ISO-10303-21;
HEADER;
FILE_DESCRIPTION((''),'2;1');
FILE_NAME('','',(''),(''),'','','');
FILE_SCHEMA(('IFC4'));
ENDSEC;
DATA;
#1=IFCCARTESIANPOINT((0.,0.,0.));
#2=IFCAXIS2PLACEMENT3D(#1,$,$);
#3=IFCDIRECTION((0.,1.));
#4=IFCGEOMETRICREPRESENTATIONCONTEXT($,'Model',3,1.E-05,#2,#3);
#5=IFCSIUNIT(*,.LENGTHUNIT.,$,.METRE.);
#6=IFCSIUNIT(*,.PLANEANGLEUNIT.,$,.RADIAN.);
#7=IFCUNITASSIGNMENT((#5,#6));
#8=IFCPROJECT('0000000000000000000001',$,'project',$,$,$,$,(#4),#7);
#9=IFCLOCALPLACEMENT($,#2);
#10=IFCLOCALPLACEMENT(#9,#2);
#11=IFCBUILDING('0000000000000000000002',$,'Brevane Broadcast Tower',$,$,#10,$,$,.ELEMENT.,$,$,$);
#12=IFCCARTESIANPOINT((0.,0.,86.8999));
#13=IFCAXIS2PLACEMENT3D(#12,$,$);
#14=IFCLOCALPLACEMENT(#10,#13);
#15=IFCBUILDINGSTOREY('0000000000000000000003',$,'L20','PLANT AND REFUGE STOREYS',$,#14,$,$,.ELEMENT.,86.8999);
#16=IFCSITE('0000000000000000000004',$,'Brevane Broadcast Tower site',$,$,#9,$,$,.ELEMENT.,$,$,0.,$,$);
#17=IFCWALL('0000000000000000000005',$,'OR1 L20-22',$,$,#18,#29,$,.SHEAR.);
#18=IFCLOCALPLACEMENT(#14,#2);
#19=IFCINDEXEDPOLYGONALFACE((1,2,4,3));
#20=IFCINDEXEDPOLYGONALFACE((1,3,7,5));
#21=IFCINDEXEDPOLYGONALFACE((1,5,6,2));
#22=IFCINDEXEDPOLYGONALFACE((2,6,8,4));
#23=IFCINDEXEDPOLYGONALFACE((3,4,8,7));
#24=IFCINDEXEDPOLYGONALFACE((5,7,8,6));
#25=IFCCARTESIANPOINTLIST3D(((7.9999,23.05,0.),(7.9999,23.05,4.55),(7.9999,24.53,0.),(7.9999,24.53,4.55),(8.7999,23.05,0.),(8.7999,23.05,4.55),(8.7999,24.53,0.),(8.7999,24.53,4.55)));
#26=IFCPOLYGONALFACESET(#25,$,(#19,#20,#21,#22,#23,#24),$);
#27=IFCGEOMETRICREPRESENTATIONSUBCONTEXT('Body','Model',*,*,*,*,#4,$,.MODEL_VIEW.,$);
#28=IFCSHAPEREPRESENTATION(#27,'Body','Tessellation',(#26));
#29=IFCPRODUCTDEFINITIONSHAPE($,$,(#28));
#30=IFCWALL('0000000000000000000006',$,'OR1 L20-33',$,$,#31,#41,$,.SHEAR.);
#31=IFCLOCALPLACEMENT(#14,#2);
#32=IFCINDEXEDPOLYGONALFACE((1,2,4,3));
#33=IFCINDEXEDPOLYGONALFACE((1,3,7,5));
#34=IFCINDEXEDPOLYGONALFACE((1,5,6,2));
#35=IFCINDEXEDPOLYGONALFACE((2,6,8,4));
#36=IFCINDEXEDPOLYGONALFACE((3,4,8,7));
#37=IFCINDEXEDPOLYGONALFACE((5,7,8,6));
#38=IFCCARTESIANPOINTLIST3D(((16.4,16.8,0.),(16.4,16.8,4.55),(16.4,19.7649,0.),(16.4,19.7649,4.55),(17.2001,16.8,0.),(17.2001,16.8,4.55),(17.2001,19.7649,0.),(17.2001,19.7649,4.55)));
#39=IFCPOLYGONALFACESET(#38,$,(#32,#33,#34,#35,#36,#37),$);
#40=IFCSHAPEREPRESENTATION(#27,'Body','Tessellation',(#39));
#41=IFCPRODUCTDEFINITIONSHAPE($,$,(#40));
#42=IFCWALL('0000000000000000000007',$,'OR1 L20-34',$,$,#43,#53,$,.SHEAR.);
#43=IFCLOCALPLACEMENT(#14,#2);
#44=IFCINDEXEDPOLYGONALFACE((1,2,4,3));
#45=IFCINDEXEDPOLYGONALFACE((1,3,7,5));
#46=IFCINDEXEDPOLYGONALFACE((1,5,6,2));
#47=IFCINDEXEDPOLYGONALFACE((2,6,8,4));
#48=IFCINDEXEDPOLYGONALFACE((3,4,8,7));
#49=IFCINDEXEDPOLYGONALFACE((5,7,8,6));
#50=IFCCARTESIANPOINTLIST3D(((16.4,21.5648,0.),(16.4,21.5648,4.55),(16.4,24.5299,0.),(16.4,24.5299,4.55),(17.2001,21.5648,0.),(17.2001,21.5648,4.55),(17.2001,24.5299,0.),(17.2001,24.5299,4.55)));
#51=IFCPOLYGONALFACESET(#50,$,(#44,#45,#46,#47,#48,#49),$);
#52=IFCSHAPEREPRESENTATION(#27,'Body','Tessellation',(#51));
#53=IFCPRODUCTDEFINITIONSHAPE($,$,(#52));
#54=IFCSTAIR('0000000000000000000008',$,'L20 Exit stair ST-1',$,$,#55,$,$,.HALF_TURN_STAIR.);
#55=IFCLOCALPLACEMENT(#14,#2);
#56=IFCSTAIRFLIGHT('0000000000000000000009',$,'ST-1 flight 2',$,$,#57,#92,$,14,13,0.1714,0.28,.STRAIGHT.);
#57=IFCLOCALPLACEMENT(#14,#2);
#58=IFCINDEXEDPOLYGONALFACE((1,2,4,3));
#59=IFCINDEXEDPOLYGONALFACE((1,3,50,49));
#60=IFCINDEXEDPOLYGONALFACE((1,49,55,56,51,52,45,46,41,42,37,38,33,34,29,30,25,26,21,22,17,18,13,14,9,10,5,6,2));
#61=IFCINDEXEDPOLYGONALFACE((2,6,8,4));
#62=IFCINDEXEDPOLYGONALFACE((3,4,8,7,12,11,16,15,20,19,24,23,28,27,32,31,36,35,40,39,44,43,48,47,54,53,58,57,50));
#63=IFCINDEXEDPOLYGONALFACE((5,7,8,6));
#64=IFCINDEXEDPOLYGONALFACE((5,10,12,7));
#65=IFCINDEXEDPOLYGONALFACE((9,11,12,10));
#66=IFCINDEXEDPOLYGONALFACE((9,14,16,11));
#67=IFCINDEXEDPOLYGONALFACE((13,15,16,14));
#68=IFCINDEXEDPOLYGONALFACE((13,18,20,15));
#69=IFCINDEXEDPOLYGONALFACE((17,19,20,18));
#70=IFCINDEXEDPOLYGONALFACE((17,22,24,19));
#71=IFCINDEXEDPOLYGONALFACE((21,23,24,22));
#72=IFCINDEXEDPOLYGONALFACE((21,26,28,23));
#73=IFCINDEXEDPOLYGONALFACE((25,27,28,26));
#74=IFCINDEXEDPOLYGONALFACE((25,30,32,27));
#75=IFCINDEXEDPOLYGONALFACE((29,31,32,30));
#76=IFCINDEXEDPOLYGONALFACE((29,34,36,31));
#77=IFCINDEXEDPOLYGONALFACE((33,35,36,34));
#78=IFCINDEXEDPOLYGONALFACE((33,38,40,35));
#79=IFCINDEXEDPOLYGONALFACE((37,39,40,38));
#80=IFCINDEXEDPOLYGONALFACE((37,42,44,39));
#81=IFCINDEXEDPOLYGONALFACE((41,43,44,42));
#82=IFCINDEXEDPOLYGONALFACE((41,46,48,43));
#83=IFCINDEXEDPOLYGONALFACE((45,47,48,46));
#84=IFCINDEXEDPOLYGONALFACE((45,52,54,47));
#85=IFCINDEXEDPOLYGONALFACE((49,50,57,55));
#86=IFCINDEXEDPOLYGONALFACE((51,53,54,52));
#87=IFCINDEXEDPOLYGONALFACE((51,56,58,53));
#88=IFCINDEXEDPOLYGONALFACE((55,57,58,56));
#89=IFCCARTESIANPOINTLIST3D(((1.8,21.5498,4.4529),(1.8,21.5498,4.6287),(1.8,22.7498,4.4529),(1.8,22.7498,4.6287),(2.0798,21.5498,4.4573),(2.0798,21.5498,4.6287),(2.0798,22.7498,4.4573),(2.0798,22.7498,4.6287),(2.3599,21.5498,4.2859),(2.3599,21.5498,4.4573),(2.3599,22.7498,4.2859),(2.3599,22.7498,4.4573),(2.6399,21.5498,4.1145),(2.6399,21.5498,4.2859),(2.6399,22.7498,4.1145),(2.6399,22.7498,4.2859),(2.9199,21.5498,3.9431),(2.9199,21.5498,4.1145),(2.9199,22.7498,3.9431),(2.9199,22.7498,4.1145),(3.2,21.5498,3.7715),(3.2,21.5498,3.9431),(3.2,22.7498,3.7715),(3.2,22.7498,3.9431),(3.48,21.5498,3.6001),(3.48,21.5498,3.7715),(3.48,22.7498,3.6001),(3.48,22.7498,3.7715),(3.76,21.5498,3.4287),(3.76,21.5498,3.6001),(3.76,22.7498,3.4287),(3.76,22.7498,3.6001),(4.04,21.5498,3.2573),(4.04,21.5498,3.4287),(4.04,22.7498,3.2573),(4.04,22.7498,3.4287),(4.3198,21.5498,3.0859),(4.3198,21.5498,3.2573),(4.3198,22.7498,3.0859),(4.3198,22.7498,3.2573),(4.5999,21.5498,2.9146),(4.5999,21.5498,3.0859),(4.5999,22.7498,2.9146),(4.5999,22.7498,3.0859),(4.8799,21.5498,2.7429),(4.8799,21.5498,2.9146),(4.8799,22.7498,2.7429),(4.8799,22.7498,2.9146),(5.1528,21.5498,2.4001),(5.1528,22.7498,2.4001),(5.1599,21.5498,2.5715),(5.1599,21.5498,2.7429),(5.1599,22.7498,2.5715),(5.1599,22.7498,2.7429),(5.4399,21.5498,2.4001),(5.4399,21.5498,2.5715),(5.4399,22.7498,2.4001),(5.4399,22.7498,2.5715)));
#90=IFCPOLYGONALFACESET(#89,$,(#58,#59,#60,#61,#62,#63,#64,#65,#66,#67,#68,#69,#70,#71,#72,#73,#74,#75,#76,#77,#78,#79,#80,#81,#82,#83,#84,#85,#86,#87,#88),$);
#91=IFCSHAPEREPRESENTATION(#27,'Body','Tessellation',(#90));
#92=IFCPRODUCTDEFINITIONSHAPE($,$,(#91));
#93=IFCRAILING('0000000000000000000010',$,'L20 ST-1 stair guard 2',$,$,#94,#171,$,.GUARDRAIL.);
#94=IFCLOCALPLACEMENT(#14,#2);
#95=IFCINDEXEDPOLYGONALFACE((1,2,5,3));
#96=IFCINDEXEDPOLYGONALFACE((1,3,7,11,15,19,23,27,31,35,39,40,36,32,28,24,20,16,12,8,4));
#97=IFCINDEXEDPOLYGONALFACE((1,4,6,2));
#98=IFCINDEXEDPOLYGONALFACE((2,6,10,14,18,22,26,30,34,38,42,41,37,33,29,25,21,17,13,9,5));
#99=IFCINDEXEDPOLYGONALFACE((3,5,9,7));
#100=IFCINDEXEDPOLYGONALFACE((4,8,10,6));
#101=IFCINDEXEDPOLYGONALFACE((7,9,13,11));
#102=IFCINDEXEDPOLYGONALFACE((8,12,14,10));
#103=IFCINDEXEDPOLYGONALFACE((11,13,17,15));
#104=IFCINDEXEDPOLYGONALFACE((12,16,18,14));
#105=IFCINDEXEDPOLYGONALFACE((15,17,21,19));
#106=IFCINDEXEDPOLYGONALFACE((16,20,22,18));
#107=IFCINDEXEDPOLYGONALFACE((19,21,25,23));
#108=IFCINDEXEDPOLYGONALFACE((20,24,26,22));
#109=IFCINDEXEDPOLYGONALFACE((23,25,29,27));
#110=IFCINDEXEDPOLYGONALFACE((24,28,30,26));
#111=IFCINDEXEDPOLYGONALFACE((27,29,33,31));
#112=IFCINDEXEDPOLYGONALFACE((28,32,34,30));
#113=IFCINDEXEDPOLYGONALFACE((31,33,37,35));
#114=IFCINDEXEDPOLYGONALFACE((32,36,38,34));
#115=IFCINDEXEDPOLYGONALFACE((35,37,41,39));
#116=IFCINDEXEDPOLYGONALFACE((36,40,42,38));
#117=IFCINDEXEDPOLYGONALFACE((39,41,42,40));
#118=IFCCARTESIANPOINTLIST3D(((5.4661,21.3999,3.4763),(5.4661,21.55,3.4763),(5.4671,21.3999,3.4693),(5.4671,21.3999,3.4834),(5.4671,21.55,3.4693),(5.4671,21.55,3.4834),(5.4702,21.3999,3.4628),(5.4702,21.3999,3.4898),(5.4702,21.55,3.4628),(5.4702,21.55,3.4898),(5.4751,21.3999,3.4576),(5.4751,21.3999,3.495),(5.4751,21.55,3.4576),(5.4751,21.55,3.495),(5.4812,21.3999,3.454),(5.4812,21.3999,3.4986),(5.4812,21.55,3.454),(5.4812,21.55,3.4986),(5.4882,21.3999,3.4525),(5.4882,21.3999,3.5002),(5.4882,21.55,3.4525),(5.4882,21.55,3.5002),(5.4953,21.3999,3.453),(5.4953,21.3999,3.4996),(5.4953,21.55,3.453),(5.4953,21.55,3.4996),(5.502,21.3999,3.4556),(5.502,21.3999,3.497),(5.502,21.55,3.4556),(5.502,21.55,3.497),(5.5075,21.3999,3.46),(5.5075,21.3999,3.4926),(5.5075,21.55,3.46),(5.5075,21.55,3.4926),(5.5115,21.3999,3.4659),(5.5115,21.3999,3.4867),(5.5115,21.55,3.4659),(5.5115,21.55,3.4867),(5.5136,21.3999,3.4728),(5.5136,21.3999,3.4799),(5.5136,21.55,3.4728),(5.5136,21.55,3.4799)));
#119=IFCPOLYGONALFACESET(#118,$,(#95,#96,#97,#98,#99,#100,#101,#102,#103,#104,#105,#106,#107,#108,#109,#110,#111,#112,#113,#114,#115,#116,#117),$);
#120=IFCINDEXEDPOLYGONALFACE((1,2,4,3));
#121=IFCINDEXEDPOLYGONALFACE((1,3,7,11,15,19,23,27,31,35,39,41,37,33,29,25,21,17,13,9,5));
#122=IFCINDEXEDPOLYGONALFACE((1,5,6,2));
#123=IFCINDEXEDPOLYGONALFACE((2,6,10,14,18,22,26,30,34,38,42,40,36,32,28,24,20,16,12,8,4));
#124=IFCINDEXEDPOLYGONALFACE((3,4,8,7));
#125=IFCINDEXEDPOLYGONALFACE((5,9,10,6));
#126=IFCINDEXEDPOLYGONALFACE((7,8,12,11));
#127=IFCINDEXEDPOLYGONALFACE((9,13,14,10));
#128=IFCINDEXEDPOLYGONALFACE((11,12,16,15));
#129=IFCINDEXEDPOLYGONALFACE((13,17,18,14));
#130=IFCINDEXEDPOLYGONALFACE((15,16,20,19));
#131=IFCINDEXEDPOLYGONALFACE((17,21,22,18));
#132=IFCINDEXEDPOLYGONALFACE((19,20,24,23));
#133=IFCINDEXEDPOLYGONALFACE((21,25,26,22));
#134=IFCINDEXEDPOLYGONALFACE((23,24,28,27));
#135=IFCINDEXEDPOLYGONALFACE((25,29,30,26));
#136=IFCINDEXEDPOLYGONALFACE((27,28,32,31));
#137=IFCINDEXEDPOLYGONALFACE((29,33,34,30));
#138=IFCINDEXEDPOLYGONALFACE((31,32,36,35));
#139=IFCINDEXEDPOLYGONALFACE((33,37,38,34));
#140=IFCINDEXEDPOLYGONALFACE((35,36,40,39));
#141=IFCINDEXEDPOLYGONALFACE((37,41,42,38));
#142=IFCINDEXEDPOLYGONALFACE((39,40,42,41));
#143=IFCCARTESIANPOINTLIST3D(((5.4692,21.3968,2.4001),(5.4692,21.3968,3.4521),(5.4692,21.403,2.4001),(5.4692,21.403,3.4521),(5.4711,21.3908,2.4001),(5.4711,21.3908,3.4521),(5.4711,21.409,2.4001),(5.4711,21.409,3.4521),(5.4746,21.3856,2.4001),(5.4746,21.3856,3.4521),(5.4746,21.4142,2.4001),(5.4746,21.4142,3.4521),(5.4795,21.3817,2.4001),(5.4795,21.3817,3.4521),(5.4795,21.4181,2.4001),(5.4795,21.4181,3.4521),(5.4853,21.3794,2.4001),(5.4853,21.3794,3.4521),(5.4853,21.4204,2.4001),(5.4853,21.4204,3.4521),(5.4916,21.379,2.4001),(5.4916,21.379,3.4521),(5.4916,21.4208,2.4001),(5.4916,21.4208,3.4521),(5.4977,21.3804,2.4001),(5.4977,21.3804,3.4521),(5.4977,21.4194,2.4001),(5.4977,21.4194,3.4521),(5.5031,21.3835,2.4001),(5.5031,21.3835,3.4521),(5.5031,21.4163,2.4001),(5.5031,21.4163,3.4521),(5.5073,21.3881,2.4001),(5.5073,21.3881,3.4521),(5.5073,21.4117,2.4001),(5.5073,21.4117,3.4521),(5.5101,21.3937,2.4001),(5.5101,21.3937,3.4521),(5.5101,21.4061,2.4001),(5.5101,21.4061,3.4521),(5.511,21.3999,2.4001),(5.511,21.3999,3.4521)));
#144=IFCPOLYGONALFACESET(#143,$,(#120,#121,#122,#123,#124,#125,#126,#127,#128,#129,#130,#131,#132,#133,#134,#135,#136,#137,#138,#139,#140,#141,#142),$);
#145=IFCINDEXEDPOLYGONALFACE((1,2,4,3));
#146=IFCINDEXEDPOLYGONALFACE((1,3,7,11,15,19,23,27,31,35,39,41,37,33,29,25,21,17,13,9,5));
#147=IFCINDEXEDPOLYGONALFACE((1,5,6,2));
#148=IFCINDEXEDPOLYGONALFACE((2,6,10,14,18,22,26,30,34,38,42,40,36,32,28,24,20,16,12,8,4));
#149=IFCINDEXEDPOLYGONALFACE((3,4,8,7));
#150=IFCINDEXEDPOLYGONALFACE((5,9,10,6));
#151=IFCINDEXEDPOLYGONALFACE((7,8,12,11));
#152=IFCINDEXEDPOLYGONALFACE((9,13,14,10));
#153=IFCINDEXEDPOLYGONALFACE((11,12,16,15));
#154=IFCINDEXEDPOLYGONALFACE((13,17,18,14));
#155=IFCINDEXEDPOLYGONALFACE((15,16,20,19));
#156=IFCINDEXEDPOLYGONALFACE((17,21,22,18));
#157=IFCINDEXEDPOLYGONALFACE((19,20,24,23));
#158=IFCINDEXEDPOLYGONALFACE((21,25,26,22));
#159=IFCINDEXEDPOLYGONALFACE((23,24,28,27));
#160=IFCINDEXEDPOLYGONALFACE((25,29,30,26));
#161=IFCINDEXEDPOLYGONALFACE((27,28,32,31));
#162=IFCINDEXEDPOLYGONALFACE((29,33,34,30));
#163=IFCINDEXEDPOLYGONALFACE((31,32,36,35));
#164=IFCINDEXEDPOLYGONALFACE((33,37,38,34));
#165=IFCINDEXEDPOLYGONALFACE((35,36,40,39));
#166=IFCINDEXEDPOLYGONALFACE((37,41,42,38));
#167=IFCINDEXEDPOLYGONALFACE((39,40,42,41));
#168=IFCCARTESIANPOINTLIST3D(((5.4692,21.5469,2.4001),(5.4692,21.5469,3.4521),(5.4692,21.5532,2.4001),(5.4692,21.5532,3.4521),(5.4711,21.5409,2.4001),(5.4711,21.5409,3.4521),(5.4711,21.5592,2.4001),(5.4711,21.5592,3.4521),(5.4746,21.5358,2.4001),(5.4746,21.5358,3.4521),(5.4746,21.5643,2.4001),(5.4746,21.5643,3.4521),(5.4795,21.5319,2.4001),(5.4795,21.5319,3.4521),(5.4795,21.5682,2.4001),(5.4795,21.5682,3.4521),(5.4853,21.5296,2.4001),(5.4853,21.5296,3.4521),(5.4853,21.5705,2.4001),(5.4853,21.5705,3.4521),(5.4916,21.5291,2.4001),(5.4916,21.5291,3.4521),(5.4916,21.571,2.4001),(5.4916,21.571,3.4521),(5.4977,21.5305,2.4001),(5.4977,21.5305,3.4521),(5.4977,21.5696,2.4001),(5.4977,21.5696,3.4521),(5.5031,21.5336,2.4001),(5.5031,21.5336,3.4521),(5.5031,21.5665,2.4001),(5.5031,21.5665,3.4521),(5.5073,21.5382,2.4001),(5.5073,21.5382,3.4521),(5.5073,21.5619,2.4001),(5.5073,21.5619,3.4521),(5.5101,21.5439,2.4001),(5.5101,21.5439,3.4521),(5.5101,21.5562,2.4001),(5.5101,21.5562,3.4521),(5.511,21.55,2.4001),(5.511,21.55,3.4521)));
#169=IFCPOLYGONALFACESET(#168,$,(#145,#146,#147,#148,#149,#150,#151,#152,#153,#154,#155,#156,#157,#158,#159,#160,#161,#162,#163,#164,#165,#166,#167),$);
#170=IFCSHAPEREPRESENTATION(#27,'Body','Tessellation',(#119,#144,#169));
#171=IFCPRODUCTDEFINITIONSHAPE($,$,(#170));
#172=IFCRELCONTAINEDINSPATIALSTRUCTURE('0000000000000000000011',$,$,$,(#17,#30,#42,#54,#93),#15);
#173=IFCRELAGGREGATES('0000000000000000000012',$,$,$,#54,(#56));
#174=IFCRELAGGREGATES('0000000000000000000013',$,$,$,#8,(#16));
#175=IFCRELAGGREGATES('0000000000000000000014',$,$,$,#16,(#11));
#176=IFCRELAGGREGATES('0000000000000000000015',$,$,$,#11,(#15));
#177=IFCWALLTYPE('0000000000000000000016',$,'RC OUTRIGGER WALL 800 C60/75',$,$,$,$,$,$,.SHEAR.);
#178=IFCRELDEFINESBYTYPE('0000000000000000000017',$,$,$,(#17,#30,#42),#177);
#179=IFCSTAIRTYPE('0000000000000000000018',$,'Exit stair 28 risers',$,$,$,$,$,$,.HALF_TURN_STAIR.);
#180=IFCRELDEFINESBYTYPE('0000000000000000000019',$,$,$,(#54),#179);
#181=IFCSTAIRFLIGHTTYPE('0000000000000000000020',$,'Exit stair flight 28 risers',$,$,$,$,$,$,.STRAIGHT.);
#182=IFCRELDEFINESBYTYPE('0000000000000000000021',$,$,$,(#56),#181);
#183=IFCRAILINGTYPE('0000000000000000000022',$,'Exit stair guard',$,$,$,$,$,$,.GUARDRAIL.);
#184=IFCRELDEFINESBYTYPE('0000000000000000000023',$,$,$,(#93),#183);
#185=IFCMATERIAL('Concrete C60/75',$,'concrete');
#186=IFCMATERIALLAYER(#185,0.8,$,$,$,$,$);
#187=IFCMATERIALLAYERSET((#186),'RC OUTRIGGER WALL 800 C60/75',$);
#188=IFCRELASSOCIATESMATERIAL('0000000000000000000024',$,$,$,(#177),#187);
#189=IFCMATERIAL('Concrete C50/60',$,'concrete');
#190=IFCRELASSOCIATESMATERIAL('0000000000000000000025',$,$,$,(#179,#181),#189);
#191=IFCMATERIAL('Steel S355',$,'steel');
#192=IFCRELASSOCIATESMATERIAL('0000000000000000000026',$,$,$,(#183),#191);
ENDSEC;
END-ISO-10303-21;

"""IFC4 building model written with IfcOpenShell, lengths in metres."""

from ifc_helpers import new_model, si_unit, direction, frame, frame_2d, origin, origin_2d, place, context, subcontext, project, spatial, polyline, rectangle, circle, outline, extrude, material, layer, layer_set, type_object, element, aggregate, save


model = new_model("IFC4")

# Units and contexts
model_context = context("Model", 3, precision=1e-05, world=origin(), true_north=direction((0.0, 1.0)))
body_context = subcontext(model_context, "Body", "Model", "MODEL_VIEW")
ifc_project = project(units=[si_unit("LENGTHUNIT", "METRE"), si_unit("PLANEANGLEUNIT", "RADIAN")], contexts=[model_context])

# Site, building, storey
site_placement = place(None, origin())
site = spatial("IfcSite", under=ifc_project, at=site_placement, Name="Brevane Broadcast Tower site", CompositionType="ELEMENT", RefElevation=0.0)
building_placement = place(site_placement, origin())
building = spatial("IfcBuilding", under=site, at=building_placement, Name="Brevane Broadcast Tower", CompositionType="ELEMENT")
storey_placement = place(building_placement, frame((0.0, 0.0, 86.8999)))
storey = spatial("IfcBuildingStorey", under=building, at=storey_placement, Name="L20", Description="PLANT AND REFUGE STOREYS", CompositionType="ELEMENT", Elevation=86.8999)

# Walls
ifc_material_1 = material(Name="Concrete C60/75", Category="concrete")
ifc_layer_1 = layer(ifc_material_1, 0.8)
ifc_layer_set_1 = layer_set([ifc_layer_1], Name="RC OUTRIGGER WALL 800 C60/75")
wall_type_1 = type_object("IfcWallType", Name="RC OUTRIGGER WALL 800 C60/75", PredefinedType="SHEAR", material=ifc_layer_set_1)
wall_1_placement = place(storey_placement, frame((8.3999, 23.05, 0.0), z_axis=(0.0, 0.0, 1.0), x_axis=(0.0, 1.0, 0.0)))
element("IfcWall", 1, at=wall_1_placement, inside=storey, type_object=wall_type_1, Name="OR1 L20-22", PredefinedType="SHEAR", context=body_context, shape_type="SweptSolid", body=[
    extrude(rectangle(XDim=1.48, YDim=0.8, at=frame_2d((0.74, 0.0))), origin(), (0.0, 0.0, 1.0), 4.55),
])
wall_2_placement = place(storey_placement, frame((16.8, 16.8, 0.0), z_axis=(0.0, 0.0, 1.0), x_axis=(0.0, 1.0, 0.0)))
element("IfcWall", 2, at=wall_2_placement, inside=storey, type_object=wall_type_1, Name="OR1 L20-33", PredefinedType="SHEAR", context=body_context, shape_type="SweptSolid", body=[
    extrude(rectangle(XDim=2.9648, YDim=0.8, at=frame_2d((1.4824, 0.0))), origin(), (0.0, 0.0, 1.0), 4.55),
])
wall_3_placement = place(storey_placement, frame((16.8, 21.5649, 0.0), z_axis=(0.0, 0.0, 1.0), x_axis=(0.0, 1.0, 0.0)))
element("IfcWall", 3, at=wall_3_placement, inside=storey, type_object=wall_type_1, Name="OR1 L20-34", PredefinedType="SHEAR", context=body_context, shape_type="SweptSolid", body=[
    extrude(rectangle(XDim=2.9651, YDim=0.8, at=frame_2d((1.4824, 0.0))), origin(), (0.0, 0.0, 1.0), 4.55),
])

# Stair, stair flight
ifc_material_2 = material(Name="Concrete C50/60", Category="concrete")
stair_type = type_object("IfcStairType", Name="Exit stair 28 risers", PredefinedType="HALF_TURN_STAIR", material=ifc_material_2)
stair_placement = place(storey_placement, origin())
stair = element("IfcStair", 4, at=stair_placement, inside=storey, type_object=stair_type, Name="L20 Exit stair ST-1", PredefinedType="HALF_TURN_STAIR")
stair_flight_type = type_object("IfcStairFlightType", Name="Exit stair flight 28 risers", PredefinedType="STRAIGHT", material=ifc_material_2)
stair_flight_placement = place(storey_placement, frame((5.4399, 22.1499, 2.4001), z_axis=(0.0, 0.0, 1.0), x_axis=(-1.0, 0.0, 0.0)))
stair_flight = element("IfcStairFlight", 5, at=stair_flight_placement, type_object=stair_flight_type, Name="ST-1 flight 2", NumberOfRisers=14, NumberOfTreads=13, PredefinedType="STRAIGHT", RiserHeight=0.1714, TreadLength=0.28, context=body_context, shape_type="SweptSolid", body=[
    extrude(outline(polyline([(0.0, 0.0), (0.0, 0.1714), (0.28, 0.1714), (0.28, 0.3428), (0.5601, 0.3428), (0.5601, 0.5144), (0.8401, 0.5144), (0.8401, 0.6858), (1.1201, 0.6858), (1.1201, 0.8572), (1.3999, 0.8572), (1.3999, 1.0286), (1.6799, 1.0286), (1.6799, 1.2), (1.96, 1.2), (1.96, 1.3713), (2.24, 1.3713), (2.24, 1.543), (2.52, 1.543), (2.52, 1.7144), (2.8, 1.7144), (2.8, 1.8857), (3.0801, 1.8857), (3.0801, 2.0571), (3.3601, 2.0571), (3.3601, 2.2285), (3.6399, 2.2285), (3.6399, 2.3999), (3.6399, 2.0527), (0.2871, 0.0), (0.0, 0.0)])), frame((0.0, 0.6001, 0.0), z_axis=(0.0, -1.0, 0.0), x_axis=(1.0, 0.0, 0.0)), (0.0, 0.0, 1.0), 1.2),
])
aggregate(stair, [stair_flight])

# Railing
ifc_material_3 = material(Name="Steel S355", Category="steel")
railing_type_1 = type_object("IfcRailingType", Name="Exit stair guard", PredefinedType="GUARDRAIL", material=ifc_material_3)
railing_1_placement = place(storey_placement, frame((5.49, 21.3999, 2.4001)))
element("IfcRailing", 6, at=railing_1_placement, inside=storey, type_object=railing_type_1, Name="L20 ST-1 stair guard 2", PredefinedType="GUARDRAIL", context=body_context, shape_type="SweptSolid", body=[
    extrude(circle(Radius=0.0239, at=origin_2d()), frame((0.0, 0.0, 1.0762), z_axis=(0.0, 1.0, 0.0), x_axis=(-1.0, 0.0, 0.0)), (0.0, 0.0, 1.0), 0.1501),
    extrude(circle(Radius=0.021, at=origin_2d()), origin(), (0.0, 0.0, 1.0), 1.052),
    extrude(circle(Radius=0.021, at=origin_2d()), frame((0.0, 0.1501, 0.0)), (0.0, 0.0, 1.0), 1.052),
])

save(model, "model.ifc")
